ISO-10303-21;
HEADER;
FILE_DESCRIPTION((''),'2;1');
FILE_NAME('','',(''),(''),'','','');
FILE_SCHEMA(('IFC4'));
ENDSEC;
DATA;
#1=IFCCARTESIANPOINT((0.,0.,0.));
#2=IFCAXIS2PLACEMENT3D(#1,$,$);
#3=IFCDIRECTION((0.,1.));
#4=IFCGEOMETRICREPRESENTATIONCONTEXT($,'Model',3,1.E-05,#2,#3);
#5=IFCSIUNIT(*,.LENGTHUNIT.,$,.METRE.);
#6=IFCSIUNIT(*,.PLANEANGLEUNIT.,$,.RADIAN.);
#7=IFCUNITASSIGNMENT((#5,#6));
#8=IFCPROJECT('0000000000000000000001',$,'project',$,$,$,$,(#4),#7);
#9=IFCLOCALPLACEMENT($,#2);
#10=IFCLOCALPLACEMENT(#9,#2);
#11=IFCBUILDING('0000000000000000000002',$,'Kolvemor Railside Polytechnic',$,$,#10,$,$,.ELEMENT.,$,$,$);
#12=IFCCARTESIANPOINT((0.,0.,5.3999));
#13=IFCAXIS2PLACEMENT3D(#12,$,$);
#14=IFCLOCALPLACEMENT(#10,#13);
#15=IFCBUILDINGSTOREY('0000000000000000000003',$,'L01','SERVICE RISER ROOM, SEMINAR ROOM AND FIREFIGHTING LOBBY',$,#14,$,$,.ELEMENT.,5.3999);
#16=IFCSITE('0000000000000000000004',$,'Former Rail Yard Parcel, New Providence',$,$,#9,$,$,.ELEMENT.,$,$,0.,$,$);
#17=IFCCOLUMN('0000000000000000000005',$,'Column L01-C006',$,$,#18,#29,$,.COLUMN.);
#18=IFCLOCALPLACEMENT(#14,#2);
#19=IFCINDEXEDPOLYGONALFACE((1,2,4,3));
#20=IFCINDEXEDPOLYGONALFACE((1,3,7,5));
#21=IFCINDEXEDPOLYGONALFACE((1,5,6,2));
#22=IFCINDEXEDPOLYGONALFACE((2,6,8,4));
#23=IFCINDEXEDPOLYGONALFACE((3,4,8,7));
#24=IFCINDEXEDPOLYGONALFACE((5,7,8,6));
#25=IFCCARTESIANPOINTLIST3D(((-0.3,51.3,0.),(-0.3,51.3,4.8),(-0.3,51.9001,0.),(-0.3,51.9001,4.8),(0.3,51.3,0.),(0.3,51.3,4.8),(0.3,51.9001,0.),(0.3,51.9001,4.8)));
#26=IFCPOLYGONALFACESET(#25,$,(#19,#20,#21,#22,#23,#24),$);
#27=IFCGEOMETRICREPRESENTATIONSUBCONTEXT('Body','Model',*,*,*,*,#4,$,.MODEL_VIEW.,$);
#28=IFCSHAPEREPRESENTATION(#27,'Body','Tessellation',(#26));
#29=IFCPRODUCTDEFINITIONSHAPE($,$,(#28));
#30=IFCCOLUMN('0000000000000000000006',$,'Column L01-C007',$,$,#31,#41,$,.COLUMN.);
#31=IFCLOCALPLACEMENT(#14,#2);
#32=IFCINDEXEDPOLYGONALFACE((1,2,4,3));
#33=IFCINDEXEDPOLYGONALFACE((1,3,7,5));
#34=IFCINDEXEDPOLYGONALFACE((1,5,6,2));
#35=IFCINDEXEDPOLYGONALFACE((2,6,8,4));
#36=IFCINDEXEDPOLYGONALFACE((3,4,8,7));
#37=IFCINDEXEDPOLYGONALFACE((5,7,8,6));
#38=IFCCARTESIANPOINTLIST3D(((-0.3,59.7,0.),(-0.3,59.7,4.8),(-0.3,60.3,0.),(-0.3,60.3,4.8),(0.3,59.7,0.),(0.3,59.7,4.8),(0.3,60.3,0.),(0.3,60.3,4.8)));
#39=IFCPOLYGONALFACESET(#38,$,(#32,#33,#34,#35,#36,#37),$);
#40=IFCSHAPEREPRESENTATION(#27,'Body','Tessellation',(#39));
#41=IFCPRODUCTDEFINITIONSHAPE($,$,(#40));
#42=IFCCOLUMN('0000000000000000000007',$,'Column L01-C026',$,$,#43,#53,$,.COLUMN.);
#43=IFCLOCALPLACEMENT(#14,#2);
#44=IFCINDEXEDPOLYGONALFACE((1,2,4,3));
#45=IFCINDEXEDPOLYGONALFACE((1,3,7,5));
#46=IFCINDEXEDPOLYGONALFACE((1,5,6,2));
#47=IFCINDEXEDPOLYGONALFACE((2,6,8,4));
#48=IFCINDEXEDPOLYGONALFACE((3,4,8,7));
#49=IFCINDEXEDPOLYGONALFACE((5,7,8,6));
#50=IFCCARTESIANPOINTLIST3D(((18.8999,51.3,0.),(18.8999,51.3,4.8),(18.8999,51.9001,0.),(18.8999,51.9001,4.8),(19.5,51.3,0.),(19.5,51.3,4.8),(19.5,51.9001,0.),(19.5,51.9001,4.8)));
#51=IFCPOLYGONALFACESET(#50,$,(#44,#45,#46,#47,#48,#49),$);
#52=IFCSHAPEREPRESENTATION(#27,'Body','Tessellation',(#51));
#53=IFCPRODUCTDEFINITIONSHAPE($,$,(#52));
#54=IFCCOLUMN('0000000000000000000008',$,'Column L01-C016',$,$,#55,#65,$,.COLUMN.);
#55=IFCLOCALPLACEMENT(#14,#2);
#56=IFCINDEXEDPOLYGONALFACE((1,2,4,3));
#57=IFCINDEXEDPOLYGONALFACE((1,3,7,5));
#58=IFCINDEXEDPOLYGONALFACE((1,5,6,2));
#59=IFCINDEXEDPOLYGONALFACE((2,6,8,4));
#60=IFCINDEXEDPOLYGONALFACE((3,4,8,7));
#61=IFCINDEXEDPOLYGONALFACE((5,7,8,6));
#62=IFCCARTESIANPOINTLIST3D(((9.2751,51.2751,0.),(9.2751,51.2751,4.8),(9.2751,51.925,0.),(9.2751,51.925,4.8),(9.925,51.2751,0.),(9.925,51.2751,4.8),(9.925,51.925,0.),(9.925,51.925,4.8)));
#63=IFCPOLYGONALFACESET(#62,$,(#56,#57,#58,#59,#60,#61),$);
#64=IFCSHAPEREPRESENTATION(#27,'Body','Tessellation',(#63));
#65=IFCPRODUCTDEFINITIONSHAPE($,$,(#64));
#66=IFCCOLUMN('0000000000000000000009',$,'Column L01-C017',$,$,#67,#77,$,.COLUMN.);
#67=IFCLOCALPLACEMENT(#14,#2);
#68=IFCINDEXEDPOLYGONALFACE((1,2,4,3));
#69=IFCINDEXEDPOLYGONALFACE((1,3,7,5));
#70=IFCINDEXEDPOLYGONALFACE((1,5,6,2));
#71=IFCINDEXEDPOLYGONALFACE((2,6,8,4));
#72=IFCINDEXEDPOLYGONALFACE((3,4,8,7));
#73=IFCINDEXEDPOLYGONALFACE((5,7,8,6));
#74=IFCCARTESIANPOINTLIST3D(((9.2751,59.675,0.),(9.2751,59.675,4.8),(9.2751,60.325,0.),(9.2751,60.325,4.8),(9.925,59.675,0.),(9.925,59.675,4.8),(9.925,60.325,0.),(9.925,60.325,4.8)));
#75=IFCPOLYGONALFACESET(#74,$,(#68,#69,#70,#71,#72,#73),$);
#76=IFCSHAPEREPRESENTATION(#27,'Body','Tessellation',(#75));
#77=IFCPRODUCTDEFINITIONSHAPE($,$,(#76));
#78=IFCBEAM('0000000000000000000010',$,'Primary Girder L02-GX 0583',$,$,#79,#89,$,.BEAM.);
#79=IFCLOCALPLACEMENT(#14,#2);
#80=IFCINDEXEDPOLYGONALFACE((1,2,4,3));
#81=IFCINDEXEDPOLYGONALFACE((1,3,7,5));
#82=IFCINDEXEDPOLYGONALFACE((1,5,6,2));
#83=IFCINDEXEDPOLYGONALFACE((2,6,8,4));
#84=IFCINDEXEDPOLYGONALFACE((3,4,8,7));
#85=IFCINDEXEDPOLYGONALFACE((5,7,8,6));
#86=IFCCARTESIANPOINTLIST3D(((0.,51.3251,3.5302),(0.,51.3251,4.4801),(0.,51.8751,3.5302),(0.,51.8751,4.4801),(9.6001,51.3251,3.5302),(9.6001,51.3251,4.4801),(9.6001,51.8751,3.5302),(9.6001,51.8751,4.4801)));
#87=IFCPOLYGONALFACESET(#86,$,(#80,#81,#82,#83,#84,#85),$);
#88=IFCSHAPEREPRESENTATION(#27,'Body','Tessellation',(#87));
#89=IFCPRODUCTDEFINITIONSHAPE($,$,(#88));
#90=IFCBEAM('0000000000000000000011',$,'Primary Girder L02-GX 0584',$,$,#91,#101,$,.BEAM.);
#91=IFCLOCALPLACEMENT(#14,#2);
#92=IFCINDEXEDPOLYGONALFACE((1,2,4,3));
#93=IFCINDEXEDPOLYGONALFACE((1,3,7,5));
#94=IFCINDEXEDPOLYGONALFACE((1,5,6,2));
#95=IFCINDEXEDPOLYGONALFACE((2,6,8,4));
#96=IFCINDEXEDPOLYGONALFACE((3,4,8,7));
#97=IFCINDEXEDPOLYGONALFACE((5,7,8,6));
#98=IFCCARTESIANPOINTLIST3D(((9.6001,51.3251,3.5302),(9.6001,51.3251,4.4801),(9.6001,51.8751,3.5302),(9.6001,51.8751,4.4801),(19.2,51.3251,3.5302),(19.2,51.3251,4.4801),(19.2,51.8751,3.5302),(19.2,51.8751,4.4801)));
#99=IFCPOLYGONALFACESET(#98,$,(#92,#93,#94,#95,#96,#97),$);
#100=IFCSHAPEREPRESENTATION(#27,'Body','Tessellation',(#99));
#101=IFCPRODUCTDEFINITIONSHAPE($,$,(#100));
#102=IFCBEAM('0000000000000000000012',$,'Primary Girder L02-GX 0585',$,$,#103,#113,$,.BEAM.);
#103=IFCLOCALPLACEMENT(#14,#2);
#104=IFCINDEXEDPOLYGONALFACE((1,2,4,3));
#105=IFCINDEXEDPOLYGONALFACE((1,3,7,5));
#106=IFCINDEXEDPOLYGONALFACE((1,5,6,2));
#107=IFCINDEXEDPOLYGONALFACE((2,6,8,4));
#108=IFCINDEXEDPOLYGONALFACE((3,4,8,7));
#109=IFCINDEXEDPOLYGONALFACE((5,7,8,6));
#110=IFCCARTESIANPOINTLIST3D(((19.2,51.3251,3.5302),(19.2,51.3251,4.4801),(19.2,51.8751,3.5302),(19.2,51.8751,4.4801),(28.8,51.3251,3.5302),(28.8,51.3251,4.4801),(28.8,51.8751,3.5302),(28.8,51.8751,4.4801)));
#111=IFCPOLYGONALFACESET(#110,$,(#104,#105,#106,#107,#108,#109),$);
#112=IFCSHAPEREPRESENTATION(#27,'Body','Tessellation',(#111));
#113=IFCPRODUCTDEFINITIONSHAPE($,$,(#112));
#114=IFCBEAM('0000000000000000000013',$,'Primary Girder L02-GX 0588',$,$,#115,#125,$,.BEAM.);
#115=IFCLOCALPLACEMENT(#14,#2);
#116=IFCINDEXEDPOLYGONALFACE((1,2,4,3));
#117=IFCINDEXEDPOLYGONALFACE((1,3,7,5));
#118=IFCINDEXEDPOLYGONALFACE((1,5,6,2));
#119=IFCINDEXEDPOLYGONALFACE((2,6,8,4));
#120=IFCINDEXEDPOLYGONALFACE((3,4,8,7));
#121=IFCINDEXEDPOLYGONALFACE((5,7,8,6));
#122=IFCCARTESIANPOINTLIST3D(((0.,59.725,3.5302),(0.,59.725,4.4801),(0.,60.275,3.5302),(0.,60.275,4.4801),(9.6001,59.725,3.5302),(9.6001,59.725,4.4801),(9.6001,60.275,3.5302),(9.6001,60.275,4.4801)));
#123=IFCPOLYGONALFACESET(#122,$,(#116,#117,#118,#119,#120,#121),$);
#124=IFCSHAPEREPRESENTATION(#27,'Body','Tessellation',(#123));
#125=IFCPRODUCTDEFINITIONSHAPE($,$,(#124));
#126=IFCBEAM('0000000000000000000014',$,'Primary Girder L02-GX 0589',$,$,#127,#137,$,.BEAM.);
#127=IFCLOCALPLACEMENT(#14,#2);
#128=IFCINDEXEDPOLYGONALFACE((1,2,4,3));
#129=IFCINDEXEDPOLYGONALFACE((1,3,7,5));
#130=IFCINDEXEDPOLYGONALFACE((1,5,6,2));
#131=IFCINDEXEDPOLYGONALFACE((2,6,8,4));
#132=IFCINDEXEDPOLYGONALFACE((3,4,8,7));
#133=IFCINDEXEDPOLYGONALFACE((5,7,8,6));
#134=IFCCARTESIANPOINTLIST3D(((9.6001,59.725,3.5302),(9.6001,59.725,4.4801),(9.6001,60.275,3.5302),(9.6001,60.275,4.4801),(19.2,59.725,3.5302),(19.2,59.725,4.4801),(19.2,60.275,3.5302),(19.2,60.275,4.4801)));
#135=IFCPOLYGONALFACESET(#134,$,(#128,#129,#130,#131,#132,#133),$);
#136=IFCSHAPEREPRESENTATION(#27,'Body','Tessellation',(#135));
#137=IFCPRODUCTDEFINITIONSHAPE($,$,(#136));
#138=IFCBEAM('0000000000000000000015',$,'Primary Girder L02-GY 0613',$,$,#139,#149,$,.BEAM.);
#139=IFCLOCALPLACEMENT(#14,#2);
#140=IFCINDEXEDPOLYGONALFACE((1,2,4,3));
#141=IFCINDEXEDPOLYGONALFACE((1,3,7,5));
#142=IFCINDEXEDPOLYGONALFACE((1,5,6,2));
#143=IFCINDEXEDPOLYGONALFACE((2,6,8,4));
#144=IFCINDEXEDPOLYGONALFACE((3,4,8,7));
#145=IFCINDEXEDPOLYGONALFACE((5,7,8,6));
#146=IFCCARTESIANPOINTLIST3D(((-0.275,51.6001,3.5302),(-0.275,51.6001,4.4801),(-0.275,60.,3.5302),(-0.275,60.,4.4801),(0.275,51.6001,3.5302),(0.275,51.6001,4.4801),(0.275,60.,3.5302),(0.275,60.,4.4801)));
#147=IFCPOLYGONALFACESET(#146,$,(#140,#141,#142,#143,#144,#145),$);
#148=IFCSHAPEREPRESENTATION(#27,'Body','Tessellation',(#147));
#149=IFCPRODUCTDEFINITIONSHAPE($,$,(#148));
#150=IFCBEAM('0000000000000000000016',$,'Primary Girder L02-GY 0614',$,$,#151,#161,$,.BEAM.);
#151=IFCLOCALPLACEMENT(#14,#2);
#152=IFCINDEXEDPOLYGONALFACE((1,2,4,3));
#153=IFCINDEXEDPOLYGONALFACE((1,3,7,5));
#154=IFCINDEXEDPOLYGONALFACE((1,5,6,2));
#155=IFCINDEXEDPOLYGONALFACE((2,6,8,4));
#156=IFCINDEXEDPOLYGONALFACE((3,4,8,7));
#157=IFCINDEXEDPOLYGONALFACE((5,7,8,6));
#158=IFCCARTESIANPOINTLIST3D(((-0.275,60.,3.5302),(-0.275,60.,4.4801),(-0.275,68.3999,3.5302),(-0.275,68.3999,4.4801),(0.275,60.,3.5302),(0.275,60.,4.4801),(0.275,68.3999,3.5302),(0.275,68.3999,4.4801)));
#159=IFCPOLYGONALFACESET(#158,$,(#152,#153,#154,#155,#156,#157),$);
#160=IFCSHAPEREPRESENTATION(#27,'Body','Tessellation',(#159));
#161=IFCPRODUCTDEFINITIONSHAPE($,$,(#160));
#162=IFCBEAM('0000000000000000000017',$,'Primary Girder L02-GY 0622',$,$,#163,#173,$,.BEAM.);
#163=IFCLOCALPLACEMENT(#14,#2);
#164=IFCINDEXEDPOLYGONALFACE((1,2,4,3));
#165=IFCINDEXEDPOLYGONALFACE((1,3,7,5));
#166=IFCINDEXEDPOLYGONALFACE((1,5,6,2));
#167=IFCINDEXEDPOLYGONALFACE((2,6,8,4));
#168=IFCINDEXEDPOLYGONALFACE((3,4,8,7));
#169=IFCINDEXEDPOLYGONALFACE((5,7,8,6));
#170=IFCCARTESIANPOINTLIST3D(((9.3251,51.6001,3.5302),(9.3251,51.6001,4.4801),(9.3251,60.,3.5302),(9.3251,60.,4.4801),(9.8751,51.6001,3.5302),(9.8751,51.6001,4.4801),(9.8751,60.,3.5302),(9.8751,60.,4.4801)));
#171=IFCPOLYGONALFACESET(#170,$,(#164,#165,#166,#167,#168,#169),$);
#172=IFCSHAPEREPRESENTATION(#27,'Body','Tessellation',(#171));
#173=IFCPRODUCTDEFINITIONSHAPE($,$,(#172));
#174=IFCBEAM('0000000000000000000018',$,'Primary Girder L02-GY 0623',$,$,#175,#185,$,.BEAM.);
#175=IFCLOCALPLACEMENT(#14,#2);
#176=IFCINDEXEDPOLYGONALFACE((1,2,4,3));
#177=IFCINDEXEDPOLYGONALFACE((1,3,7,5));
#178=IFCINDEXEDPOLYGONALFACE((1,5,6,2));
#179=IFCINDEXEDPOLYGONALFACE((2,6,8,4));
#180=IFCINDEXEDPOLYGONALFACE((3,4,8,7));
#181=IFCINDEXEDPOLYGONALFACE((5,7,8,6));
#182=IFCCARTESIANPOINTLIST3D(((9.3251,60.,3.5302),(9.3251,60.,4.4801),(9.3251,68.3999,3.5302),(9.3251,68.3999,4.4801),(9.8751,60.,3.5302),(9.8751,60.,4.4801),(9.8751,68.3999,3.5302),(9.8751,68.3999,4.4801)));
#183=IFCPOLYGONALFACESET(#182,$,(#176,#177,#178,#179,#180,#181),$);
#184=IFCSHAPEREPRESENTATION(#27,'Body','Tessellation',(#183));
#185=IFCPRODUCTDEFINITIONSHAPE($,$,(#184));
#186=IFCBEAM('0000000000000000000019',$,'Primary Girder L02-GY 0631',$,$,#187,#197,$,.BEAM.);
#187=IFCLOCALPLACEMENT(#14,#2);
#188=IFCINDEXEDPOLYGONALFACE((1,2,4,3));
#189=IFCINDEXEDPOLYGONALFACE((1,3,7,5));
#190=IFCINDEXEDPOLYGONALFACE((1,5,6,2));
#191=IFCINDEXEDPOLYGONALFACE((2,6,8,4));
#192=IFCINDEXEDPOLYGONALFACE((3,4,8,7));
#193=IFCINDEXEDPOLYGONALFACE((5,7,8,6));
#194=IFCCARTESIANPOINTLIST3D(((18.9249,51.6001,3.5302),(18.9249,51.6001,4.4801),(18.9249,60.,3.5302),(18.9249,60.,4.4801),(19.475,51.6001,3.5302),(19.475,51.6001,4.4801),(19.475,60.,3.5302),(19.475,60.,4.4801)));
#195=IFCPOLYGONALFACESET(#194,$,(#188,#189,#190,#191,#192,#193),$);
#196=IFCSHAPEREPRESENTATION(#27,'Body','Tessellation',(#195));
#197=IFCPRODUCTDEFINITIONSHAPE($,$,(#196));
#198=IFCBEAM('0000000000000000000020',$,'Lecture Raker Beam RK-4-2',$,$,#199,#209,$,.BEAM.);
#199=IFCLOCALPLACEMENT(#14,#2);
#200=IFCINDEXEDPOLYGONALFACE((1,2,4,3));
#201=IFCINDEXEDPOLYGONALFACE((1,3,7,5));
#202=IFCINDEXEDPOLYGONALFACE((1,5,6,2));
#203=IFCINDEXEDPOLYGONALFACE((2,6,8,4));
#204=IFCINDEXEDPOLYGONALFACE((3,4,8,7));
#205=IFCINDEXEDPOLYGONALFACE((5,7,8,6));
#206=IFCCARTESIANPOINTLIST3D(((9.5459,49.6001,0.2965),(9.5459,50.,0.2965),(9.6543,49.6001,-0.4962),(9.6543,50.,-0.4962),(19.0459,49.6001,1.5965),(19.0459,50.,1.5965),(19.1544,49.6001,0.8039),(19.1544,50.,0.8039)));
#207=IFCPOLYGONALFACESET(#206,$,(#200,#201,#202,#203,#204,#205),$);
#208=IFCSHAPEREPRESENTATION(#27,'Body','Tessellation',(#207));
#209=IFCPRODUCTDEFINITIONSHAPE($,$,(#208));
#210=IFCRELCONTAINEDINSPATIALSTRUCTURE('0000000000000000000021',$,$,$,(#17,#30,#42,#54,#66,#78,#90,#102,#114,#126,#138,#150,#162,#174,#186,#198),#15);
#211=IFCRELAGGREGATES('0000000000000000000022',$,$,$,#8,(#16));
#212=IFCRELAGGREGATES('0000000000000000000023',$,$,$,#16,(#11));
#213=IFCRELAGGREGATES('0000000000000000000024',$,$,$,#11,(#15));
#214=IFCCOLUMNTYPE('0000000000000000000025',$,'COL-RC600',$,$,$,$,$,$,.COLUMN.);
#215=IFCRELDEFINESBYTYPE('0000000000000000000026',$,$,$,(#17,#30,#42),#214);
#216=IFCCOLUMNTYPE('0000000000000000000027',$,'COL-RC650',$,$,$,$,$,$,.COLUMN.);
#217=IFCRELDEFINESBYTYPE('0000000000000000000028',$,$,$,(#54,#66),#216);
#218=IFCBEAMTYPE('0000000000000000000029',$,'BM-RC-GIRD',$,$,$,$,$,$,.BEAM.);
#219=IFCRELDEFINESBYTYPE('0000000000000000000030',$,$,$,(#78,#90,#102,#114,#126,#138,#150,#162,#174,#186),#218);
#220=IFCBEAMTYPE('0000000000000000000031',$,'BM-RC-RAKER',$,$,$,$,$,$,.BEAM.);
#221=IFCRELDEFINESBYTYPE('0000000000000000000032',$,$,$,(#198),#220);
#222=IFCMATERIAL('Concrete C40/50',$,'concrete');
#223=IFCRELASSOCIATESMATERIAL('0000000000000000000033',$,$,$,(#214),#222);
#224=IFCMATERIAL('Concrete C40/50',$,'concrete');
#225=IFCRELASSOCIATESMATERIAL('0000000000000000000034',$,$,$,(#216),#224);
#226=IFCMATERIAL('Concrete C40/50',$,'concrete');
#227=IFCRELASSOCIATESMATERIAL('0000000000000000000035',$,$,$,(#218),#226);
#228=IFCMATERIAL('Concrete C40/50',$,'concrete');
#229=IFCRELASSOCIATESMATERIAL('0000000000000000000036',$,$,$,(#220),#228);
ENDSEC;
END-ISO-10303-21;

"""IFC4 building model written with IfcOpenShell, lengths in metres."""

from ifc_helpers import new_model, si_unit, direction, frame, origin, origin_2d, place, context, subcontext, project, spatial, rectangle, extrude, material, material_profile, profile_set, type_object, element, save


model = new_model("IFC4")

# Units and contexts
model_context = context("Model", 3, precision=1e-05, world=origin(), true_north=direction((0.0, 1.0)))
body_context = subcontext(model_context, "Body", "Model", "MODEL_VIEW")
ifc_project = project(units=[si_unit("LENGTHUNIT", "METRE"), si_unit("PLANEANGLEUNIT", "RADIAN")], contexts=[model_context])

# Site, building, storey
site_placement = place(None, origin())
site = spatial("IfcSite", under=ifc_project, at=site_placement, Name="Former Rail Yard Parcel, New Providence", CompositionType="ELEMENT", RefElevation=0.0)
building_placement = place(site_placement, origin())
building = spatial("IfcBuilding", under=site, at=building_placement, Name="Kolvemor Railside Polytechnic", CompositionType="ELEMENT")
storey_placement = place(building_placement, frame((0.0, 0.0, 5.3999)))
storey = spatial("IfcBuildingStorey", under=building, at=storey_placement, Name="L01", Description="SERVICE RISER ROOM, SEMINAR ROOM AND FIREFIGHTING LOBBY", CompositionType="ELEMENT", Elevation=5.3999)

# Columns
ifc_material_1 = material(Name="Concrete C40/50", Category="concrete")
ifc_material_profile_1 = material_profile(ifc_material_1, rectangle(XDim=0.6001, YDim=0.6001, at=origin_2d()), Name="RC600x600")
ifc_profile_set_1 = profile_set([ifc_material_profile_1], Name="Concrete C40/50")
column_type_1 = type_object("IfcColumnType", Name="COL-RC600", PredefinedType="COLUMN", material=ifc_profile_set_1)
for number, where, z_axis, x_axis, name in (
    (1, (0.0, 51.6001, 0.0), (0.0, 0.0, 1.0), (1.0, 0.0, 0.0), "Column L01-C006"),
    (2, (0.0, 60.0, 0.0), (0.0, 0.0, 1.0), (1.0, 0.0, 0.0), "Column L01-C007"),
    (3, (19.2, 51.6001, 0.0), (0.0, 0.0, 1.0), (1.0, 0.0, 0.0), "Column L01-C026"),
):
    element("IfcColumn", number, at=place(storey_placement, frame(where, z_axis=z_axis, x_axis=x_axis)), inside=storey, type_object=column_type_1, Name=name, PredefinedType="COLUMN", context=body_context, shape_type="SweptSolid", body=[
        extrude(rectangle(XDim=0.6001, YDim=0.6001, at=origin_2d()), origin(), (0.0, 0.0, 1.0), 4.8),
    ])
ifc_material_2 = material(Name="Concrete C40/50", Category="concrete")
ifc_material_profile_2 = material_profile(ifc_material_2, rectangle(XDim=0.6499, YDim=0.6499, at=origin_2d()), Name="RC650x650")
ifc_profile_set_2 = profile_set([ifc_material_profile_2], Name="Concrete C40/50")
column_type_2 = type_object("IfcColumnType", Name="COL-RC650", PredefinedType="COLUMN", material=ifc_profile_set_2)
for number, where, z_axis, x_axis, name in (
    (4, (9.6001, 51.6001, 0.0), (0.0, 0.0, 1.0), (1.0, 0.0, 0.0), "Column L01-C016"),
    (5, (9.6001, 60.0, 0.0), (0.0, 0.0, 1.0), (1.0, 0.0, 0.0), "Column L01-C017"),
):
    element("IfcColumn", number, at=place(storey_placement, frame(where, z_axis=z_axis, x_axis=x_axis)), inside=storey, type_object=column_type_2, Name=name, PredefinedType="COLUMN", context=body_context, shape_type="SweptSolid", body=[
        extrude(rectangle(XDim=0.6499, YDim=0.6499, at=origin_2d()), origin(), (0.0, 0.0, 1.0), 4.8),
    ])

# Beams
ifc_material_3 = material(Name="Concrete C40/50", Category="concrete")
ifc_material_profile_3 = material_profile(ifc_material_3, rectangle(XDim=0.55, YDim=0.95, at=origin_2d()), Name="RC550x950")
ifc_profile_set_3 = profile_set([ifc_material_profile_3], Name="Concrete C40/50")
beam_type_1 = type_object("IfcBeamType", Name="BM-RC-GIRD", PredefinedType="BEAM", material=ifc_profile_set_3)
beam_1_placement = place(storey_placement, frame((0.0, 51.6001, 4.0051), z_axis=(1.0, 0.0, 0.0), x_axis=(0.0, 1.0, 0.0)))
element("IfcBeam", 6, at=beam_1_placement, inside=storey, type_object=beam_type_1, Name="Primary Girder L02-GX 0583", PredefinedType="BEAM", context=body_context, shape_type="SweptSolid", body=[
    extrude(rectangle(XDim=0.55, YDim=0.95, at=origin_2d()), origin(), (0.0, 0.0, 1.0), 9.6001),
])
beam_2_placement = place(storey_placement, frame((9.6001, 51.6001, 4.0051), z_axis=(1.0, 0.0, 0.0), x_axis=(0.0, 1.0, 0.0)))
element("IfcBeam", 7, at=beam_2_placement, inside=storey, type_object=beam_type_1, Name="Primary Girder L02-GX 0584", PredefinedType="BEAM", context=body_context, shape_type="SweptSolid", body=[
    extrude(rectangle(XDim=0.55, YDim=0.95, at=origin_2d()), origin(), (0.0, 0.0, 1.0), 9.5999),
])
for number, where, z_axis, x_axis, name in (
    (8, (19.2, 51.6001, 4.0051), (1.0, 0.0, 0.0), (0.0, 1.0, 0.0), "Primary Girder L02-GX 0585"),
    (9, (0.0, 60.0, 4.0051), (1.0, 0.0, 0.0), (0.0, 1.0, 0.0), "Primary Girder L02-GX 0588"),
):
    element("IfcBeam", number, at=place(storey_placement, frame(where, z_axis=z_axis, x_axis=x_axis)), inside=storey, type_object=beam_type_1, Name=name, PredefinedType="BEAM", context=body_context, shape_type="SweptSolid", body=[
        extrude(rectangle(XDim=0.55, YDim=0.95, at=origin_2d()), origin(), (0.0, 0.0, 1.0), 9.6001),
    ])
beam_3_placement = place(storey_placement, frame((9.6001, 60.0, 4.0051), z_axis=(1.0, 0.0, 0.0), x_axis=(0.0, 1.0, 0.0)))
element("IfcBeam", 10, at=beam_3_placement, inside=storey, type_object=beam_type_1, Name="Primary Girder L02-GX 0589", PredefinedType="BEAM", context=body_context, shape_type="SweptSolid", body=[
    extrude(rectangle(XDim=0.55, YDim=0.95, at=origin_2d()), origin(), (0.0, 0.0, 1.0), 9.5999),
])
for number, where, z_axis, x_axis, name in (
    (11, (0.0, 51.6001, 4.0051), (0.0, 1.0, 0.0), (-1.0, 0.0, 0.0), "Primary Girder L02-GY 0613"),
    (12, (0.0, 60.0, 4.0051), (0.0, 1.0, 0.0), (-1.0, 0.0, 0.0), "Primary Girder L02-GY 0614"),
    (13, (9.6001, 51.6001, 4.0051), (0.0, 1.0, 0.0), (-1.0, 0.0, 0.0), "Primary Girder L02-GY 0622"),
    (14, (9.6001, 60.0, 4.0051), (0.0, 1.0, 0.0), (-1.0, 0.0, 0.0), "Primary Girder L02-GY 0623"),
    (15, (19.2, 51.6001, 4.0051), (0.0, 1.0, 0.0), (-1.0, 0.0, 0.0), "Primary Girder L02-GY 0631"),
):
    element("IfcBeam", number, at=place(storey_placement, frame(where, z_axis=z_axis, x_axis=x_axis)), inside=storey, type_object=beam_type_1, Name=name, PredefinedType="BEAM", context=body_context, shape_type="SweptSolid", body=[
        extrude(rectangle(XDim=0.55, YDim=0.95, at=origin_2d()), origin(), (0.0, 0.0, 1.0), 8.3999),
    ])
ifc_material_4 = material(Name="Concrete C40/50", Category="concrete")
ifc_material_profile_4 = material_profile(ifc_material_4, rectangle(XDim=0.3999, YDim=0.8, at=origin_2d()), Name="RC400x800")
ifc_profile_set_4 = profile_set([ifc_material_profile_4], Name="Concrete C40/50")
beam_type_2 = type_object("IfcBeamType", Name="BM-RC-RAKER", PredefinedType="BEAM", material=ifc_profile_set_4)
beam_4_placement = place(storey_placement, frame((9.6001, 49.8, -0.0999), z_axis=(0.990766, 0.0, 0.135584), x_axis=(0.0, 1.0, 0.0)))
element("IfcBeam", 16, at=beam_4_placement, inside=storey, type_object=beam_type_2, Name="Lecture Raker Beam RK-4-2", PredefinedType="BEAM", context=body_context, shape_type="SweptSolid", body=[
    extrude(rectangle(XDim=0.3999, YDim=0.8, at=origin_2d()), origin(), (0.0, 0.0, 1.0), 9.5886),
])

save(model, "model.ifc")
